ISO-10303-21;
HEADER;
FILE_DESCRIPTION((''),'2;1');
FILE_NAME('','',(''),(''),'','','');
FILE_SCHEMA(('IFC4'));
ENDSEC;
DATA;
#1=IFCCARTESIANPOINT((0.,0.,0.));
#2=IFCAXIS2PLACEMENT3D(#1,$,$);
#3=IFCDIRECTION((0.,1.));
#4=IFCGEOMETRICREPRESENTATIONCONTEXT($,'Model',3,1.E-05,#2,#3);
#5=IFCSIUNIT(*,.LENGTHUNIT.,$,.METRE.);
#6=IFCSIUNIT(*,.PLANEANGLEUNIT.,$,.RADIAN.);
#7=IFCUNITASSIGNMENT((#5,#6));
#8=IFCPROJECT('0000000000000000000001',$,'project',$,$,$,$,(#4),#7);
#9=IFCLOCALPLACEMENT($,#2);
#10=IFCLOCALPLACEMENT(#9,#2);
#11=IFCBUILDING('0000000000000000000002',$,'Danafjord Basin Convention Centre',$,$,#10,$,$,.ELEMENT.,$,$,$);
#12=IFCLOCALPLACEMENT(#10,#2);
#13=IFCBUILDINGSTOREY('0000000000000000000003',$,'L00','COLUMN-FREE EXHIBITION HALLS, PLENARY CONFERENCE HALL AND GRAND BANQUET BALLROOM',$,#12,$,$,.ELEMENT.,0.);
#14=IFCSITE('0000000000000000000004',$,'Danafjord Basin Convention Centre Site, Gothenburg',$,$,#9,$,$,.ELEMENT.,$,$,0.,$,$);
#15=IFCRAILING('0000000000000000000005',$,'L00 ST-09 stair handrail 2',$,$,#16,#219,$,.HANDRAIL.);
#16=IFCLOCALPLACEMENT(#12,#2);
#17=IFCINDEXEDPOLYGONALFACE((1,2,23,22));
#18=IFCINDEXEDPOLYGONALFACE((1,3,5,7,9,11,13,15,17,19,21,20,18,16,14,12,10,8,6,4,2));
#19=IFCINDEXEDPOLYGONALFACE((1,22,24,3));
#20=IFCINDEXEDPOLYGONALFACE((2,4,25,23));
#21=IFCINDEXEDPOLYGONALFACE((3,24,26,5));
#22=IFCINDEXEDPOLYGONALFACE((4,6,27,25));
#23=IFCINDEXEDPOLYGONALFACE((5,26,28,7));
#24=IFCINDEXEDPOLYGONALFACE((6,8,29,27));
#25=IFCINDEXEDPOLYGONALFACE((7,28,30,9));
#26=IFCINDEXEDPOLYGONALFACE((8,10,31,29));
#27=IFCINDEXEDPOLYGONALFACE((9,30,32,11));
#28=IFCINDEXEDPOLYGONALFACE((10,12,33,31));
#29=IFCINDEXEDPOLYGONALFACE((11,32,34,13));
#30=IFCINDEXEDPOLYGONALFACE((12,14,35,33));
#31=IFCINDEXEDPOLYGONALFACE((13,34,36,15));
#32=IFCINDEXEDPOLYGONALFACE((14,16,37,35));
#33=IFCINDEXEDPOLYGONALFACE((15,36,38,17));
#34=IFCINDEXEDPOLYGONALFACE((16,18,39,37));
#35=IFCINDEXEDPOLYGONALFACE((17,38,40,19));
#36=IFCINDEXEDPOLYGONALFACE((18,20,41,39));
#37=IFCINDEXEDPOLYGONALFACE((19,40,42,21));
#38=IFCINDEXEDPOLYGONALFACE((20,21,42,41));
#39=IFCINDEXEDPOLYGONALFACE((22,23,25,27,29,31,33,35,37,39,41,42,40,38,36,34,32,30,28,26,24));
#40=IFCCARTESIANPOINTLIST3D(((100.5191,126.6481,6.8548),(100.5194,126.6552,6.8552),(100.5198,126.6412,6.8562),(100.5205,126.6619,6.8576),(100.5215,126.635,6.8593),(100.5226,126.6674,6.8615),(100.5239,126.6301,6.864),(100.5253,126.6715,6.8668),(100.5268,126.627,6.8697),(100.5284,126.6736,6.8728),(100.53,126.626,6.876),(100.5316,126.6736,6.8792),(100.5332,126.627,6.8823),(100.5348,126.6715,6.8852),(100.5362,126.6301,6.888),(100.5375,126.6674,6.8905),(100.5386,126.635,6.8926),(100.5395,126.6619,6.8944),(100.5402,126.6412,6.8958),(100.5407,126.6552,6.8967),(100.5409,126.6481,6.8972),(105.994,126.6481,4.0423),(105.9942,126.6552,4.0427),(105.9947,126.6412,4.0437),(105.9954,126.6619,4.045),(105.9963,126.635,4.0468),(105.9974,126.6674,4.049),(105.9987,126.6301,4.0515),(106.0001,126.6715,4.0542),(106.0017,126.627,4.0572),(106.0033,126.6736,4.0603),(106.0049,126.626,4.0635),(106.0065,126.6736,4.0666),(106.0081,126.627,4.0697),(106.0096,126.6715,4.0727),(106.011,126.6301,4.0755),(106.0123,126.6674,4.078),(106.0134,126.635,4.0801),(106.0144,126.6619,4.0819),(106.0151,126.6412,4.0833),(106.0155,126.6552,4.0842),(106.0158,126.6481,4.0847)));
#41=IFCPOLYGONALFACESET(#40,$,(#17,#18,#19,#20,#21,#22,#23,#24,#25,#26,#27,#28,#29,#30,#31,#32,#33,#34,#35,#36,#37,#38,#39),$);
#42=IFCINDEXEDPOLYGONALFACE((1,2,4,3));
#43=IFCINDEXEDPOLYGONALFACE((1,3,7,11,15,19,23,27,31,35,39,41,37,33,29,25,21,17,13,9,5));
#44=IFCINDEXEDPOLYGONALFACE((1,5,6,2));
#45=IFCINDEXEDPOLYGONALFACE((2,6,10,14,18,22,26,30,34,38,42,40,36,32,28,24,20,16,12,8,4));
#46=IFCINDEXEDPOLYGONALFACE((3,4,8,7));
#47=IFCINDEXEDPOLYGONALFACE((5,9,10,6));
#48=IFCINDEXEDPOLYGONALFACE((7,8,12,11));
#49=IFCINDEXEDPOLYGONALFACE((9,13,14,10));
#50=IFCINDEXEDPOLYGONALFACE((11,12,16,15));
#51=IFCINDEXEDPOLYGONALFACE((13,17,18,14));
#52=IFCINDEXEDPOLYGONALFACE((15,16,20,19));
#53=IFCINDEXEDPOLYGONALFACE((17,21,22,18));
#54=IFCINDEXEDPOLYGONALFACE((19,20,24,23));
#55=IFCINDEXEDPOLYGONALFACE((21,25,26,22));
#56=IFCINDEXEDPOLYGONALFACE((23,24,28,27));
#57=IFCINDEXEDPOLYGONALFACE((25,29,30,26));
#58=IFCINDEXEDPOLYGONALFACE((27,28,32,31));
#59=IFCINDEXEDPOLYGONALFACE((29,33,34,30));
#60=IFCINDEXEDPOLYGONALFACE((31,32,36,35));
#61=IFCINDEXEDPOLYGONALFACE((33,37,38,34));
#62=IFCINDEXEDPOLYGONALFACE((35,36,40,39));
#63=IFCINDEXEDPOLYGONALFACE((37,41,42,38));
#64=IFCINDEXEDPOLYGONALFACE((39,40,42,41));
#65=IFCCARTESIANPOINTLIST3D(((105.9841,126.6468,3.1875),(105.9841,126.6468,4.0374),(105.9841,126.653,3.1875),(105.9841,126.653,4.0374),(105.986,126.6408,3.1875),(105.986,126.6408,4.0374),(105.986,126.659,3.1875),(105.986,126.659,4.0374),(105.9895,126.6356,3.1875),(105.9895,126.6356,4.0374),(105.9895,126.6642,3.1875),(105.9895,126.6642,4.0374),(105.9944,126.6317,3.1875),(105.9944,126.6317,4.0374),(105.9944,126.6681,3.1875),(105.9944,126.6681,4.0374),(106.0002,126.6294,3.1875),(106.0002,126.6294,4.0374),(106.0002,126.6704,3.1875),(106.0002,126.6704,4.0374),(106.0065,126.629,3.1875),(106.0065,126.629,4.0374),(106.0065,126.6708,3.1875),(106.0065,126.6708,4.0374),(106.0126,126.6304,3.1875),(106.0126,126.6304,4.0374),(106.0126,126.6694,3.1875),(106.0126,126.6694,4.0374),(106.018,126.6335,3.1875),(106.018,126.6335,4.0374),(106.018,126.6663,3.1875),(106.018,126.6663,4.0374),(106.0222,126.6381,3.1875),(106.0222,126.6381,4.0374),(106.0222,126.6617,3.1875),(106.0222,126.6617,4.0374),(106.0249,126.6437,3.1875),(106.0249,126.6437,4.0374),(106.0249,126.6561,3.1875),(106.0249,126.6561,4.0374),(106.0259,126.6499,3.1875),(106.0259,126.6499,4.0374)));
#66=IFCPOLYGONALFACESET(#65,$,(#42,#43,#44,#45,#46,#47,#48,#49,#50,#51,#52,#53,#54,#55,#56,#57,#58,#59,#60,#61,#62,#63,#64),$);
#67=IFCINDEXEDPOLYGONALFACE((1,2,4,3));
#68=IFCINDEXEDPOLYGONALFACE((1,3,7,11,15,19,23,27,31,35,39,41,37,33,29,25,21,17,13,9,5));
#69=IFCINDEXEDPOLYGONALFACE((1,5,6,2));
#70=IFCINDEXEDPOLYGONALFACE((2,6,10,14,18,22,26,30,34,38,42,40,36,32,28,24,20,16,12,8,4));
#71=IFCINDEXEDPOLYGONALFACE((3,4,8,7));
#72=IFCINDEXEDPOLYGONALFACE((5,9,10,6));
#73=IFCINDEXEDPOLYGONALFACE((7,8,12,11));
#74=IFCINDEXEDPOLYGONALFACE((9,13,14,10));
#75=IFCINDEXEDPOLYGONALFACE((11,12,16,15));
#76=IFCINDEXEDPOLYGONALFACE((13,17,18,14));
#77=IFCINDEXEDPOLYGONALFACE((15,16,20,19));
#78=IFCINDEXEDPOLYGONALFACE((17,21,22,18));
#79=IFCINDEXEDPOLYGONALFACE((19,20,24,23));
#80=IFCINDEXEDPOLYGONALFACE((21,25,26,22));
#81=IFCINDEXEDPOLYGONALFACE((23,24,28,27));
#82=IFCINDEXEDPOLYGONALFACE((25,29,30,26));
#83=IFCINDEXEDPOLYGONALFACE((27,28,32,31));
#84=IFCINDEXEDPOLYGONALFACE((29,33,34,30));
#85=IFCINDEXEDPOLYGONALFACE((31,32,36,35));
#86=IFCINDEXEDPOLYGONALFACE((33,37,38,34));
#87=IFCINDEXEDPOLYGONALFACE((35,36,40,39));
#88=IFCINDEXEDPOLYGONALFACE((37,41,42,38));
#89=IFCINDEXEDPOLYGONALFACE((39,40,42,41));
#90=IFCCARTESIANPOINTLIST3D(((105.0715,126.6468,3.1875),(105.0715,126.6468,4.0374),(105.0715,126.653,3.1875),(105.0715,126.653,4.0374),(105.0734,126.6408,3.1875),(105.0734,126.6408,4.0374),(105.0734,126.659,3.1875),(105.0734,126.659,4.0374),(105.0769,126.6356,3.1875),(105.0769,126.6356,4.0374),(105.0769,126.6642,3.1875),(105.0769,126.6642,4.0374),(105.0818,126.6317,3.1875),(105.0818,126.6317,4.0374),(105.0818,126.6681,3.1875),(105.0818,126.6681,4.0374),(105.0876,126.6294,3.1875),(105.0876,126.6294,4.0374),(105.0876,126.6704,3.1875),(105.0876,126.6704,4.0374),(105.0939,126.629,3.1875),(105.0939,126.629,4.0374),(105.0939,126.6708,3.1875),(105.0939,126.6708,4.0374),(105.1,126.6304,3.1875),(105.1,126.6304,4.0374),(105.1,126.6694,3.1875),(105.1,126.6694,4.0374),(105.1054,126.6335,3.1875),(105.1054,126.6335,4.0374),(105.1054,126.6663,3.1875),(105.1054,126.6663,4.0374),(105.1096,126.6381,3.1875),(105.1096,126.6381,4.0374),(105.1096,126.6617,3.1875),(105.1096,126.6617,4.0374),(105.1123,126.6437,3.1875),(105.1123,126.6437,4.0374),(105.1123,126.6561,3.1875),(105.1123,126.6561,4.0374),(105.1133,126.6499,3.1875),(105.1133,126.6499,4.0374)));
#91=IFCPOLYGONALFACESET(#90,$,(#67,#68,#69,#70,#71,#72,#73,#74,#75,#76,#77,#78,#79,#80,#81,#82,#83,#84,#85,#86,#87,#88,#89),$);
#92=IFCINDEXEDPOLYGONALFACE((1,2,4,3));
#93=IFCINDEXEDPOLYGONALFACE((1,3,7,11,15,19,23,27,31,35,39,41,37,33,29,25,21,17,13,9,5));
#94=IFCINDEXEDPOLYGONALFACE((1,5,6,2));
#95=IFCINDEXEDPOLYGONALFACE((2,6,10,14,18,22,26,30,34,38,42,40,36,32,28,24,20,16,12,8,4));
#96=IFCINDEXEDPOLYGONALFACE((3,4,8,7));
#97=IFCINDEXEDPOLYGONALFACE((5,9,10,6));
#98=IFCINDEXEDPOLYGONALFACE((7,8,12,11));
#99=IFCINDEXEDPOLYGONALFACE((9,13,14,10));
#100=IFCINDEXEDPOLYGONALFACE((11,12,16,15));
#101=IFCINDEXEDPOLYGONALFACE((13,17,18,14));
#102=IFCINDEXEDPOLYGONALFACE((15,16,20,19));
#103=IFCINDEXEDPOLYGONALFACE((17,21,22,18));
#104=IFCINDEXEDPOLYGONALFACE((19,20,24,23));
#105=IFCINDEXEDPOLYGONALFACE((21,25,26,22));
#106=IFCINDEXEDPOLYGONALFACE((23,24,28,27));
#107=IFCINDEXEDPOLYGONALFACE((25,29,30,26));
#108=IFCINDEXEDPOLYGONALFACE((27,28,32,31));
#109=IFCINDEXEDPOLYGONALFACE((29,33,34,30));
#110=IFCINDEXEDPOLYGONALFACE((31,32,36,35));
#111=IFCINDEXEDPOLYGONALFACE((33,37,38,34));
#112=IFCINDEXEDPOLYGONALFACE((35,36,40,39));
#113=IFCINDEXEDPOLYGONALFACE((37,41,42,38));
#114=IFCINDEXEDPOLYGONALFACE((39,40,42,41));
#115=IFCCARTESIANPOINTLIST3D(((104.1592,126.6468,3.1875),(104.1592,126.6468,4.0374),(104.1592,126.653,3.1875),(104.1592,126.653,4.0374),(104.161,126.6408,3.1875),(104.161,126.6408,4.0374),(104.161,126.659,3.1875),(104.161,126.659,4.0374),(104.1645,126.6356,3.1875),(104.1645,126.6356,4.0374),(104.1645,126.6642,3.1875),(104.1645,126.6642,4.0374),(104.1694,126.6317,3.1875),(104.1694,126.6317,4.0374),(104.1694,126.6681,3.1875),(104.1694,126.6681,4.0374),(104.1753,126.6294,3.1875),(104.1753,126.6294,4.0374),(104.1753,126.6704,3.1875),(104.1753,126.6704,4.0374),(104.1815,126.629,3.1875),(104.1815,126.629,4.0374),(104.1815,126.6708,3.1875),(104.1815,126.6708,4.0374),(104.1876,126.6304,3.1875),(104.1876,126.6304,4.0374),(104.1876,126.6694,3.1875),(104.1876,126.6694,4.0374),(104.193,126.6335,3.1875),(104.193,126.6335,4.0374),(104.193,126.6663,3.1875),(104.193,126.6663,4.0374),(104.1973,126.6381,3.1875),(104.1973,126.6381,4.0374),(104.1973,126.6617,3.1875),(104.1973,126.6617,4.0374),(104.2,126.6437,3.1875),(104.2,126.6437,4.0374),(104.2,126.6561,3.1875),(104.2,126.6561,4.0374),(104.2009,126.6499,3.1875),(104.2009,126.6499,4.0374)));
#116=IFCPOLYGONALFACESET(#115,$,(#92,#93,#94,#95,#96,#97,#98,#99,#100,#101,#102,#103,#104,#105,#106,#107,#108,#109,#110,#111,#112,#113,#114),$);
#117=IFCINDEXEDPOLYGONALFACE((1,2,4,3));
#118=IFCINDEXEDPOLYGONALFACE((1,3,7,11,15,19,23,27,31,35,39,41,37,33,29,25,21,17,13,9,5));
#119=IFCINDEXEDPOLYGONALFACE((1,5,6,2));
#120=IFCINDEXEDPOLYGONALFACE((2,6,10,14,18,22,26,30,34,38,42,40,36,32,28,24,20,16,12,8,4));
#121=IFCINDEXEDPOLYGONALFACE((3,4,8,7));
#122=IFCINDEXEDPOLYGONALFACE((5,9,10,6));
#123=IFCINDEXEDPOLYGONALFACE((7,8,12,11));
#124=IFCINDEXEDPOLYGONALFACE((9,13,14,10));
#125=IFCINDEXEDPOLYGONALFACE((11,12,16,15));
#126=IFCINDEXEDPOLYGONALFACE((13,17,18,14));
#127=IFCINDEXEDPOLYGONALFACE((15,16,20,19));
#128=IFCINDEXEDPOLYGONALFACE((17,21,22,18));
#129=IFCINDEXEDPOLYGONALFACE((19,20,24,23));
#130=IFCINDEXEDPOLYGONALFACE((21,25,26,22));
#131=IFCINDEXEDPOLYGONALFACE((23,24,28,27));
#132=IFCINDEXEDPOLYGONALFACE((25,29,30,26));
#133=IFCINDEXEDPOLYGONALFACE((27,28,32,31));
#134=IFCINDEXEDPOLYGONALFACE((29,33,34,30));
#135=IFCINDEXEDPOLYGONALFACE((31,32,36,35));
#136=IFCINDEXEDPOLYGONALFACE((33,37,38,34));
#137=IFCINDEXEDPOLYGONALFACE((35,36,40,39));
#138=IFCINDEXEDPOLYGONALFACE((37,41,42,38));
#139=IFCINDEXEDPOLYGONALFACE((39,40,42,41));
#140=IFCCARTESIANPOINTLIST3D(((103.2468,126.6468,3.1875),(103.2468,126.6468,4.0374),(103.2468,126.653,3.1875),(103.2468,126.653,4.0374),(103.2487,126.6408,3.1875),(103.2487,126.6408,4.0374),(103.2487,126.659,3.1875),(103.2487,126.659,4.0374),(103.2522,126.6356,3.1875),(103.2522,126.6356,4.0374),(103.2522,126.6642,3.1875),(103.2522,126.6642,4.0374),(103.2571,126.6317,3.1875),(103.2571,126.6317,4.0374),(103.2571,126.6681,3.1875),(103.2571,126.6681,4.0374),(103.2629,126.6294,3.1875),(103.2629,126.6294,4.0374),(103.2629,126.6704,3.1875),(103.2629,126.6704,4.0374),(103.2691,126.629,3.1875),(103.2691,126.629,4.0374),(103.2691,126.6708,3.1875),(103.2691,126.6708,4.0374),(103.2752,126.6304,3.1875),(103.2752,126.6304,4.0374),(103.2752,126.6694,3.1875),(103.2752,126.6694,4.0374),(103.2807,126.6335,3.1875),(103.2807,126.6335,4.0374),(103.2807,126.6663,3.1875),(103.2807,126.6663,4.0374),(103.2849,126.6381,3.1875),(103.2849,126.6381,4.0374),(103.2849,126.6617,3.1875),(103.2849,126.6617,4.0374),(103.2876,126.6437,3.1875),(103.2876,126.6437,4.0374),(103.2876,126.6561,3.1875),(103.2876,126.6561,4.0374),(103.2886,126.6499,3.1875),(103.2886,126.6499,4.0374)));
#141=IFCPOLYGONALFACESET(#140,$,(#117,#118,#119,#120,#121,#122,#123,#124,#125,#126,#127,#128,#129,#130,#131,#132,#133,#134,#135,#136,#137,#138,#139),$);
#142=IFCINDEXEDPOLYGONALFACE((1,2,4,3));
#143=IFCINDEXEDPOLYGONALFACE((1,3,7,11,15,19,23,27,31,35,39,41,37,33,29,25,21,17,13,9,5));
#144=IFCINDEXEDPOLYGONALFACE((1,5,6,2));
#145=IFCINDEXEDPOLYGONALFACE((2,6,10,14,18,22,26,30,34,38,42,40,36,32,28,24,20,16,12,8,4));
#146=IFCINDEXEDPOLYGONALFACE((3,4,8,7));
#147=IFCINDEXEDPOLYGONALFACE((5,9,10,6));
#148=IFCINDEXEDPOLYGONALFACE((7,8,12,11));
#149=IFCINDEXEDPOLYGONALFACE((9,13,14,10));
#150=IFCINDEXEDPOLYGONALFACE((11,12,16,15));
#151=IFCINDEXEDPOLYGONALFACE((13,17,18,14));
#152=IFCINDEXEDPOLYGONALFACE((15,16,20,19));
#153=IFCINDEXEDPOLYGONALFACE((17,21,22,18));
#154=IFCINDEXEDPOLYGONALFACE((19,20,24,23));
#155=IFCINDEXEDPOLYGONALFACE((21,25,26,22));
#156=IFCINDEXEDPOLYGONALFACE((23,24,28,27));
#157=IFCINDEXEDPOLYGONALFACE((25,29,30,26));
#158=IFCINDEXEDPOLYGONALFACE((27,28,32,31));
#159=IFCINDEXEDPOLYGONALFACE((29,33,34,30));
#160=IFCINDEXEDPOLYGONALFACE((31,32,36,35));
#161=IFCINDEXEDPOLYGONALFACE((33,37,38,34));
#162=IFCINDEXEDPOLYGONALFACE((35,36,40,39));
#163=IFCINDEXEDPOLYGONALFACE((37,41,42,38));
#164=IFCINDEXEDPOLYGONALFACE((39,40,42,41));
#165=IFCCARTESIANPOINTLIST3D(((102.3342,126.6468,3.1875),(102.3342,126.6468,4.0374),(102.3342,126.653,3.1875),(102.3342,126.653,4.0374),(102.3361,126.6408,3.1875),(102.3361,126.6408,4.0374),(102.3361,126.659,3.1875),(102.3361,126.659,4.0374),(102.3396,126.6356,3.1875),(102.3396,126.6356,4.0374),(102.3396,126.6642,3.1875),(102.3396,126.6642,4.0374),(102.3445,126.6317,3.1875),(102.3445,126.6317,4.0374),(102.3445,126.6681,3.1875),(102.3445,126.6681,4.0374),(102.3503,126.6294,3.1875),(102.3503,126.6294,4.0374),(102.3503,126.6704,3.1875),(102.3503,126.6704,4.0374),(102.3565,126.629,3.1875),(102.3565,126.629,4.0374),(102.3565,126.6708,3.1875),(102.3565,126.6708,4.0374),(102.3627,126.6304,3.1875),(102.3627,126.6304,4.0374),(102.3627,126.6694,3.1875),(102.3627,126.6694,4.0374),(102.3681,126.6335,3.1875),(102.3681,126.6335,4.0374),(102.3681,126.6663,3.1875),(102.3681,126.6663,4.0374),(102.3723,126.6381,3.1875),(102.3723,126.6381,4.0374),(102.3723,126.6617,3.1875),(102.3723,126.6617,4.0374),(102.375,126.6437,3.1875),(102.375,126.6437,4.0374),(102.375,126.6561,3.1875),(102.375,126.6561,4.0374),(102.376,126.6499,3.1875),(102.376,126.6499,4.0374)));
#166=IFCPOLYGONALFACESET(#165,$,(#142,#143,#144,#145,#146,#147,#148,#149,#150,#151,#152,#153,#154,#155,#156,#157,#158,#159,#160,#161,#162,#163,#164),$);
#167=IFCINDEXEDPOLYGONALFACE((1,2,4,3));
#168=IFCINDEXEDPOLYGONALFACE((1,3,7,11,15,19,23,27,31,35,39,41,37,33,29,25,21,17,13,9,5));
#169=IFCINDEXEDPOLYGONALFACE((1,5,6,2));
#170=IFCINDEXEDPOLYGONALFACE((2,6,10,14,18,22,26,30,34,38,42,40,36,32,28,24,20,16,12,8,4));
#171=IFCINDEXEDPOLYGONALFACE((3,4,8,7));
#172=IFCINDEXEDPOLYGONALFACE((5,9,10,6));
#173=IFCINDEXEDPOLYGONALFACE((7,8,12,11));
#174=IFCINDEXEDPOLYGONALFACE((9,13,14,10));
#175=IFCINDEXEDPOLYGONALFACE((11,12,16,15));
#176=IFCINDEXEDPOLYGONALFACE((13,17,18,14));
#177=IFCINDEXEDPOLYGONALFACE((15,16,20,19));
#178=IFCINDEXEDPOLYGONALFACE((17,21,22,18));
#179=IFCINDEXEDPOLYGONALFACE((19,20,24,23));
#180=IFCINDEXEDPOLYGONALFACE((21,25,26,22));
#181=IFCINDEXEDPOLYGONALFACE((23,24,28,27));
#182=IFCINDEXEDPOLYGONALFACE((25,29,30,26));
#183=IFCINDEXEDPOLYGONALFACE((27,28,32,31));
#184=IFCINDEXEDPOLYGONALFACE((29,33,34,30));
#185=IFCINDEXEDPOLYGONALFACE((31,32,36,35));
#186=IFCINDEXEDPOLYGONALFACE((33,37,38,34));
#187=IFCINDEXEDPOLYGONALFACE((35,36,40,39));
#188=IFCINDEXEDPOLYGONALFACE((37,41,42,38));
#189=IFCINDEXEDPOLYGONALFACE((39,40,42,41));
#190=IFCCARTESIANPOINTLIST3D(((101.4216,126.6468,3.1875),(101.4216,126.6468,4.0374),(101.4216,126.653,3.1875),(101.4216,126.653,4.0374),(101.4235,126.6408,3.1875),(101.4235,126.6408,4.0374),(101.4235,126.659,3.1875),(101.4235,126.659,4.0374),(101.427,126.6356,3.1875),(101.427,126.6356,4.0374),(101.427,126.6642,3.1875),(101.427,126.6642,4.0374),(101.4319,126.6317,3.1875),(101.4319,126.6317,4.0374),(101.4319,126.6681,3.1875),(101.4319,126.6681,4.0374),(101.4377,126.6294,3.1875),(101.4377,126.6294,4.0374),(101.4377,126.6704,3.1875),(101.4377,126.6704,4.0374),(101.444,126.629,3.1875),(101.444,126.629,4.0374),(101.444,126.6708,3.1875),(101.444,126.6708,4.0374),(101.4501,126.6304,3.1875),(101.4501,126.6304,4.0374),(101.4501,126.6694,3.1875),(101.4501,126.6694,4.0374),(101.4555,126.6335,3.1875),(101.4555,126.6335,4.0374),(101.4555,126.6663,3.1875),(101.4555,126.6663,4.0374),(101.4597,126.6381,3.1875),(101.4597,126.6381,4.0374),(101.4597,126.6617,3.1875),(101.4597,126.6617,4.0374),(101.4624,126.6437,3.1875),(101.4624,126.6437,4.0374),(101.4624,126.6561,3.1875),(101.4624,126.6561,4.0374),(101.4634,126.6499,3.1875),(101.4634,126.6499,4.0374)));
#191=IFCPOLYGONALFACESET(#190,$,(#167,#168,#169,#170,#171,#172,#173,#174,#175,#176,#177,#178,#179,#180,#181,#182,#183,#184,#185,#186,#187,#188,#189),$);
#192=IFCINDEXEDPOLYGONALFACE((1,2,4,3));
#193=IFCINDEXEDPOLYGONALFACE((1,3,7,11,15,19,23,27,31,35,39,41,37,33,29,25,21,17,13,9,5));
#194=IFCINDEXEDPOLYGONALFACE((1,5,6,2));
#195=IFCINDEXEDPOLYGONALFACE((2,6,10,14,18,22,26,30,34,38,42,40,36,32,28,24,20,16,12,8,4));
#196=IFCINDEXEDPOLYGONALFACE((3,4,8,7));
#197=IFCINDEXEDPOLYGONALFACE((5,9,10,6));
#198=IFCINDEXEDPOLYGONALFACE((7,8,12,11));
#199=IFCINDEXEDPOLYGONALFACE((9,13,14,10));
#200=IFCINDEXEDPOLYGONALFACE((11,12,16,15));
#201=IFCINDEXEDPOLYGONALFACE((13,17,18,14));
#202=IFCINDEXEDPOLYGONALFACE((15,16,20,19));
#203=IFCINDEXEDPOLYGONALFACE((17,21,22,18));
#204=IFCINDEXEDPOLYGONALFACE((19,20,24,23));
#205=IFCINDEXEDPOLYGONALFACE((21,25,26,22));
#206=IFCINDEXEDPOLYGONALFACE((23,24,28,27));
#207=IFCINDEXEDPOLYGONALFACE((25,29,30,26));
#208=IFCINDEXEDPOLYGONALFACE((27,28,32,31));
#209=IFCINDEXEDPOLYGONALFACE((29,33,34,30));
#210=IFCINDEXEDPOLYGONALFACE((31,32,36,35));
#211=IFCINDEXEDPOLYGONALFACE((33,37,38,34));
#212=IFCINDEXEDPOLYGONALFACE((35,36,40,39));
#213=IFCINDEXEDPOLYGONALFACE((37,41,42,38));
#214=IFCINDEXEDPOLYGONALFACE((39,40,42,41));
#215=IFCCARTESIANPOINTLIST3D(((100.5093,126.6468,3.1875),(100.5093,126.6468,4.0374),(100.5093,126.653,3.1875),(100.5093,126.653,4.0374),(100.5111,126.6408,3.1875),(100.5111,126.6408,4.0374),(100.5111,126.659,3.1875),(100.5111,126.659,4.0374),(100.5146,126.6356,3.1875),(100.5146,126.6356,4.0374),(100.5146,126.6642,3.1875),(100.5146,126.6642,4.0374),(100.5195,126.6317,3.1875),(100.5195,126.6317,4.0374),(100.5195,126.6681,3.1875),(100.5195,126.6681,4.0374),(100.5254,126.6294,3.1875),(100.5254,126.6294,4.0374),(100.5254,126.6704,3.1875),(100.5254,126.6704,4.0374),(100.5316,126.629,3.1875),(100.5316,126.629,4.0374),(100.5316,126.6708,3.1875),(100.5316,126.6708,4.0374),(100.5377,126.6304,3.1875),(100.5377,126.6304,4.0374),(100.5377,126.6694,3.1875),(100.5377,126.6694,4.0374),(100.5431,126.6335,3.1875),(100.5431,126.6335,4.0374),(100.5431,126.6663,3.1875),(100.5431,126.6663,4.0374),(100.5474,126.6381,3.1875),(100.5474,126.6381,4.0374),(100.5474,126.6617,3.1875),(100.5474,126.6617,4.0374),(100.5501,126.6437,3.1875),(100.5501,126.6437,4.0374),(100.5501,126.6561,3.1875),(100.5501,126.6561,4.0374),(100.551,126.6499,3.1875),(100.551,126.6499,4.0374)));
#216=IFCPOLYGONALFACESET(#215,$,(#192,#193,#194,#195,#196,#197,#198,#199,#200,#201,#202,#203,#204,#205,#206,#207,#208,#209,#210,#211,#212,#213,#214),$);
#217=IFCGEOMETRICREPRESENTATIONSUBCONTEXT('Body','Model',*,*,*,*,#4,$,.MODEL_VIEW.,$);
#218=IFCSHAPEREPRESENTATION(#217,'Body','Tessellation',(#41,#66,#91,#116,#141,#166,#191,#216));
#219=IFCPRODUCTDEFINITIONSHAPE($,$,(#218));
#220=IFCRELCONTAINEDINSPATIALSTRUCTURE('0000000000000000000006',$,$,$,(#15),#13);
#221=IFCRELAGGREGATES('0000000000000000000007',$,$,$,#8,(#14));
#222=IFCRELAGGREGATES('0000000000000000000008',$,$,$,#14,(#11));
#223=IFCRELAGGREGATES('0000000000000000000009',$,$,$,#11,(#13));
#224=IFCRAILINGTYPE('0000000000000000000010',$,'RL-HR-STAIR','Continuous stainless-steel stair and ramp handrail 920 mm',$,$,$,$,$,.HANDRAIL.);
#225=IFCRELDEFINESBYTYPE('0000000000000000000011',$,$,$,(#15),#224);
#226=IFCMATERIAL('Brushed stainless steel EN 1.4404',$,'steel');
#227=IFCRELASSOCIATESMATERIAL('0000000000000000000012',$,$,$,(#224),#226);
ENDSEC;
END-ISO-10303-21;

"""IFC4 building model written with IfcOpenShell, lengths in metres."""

from ifc_helpers import new_model, si_unit, direction, frame, origin, origin_2d, place, context, subcontext, project, spatial, circle, extrude, material, type_object, element, save


model = new_model("IFC4")

# Units and contexts
model_context = context("Model", 3, precision=1e-05, world=origin(), true_north=direction((0.0, 1.0)))
body_context = subcontext(model_context, "Body", "Model", "MODEL_VIEW")
ifc_project = project(units=[si_unit("LENGTHUNIT", "METRE"), si_unit("PLANEANGLEUNIT", "RADIAN")], contexts=[model_context])

# Site, building, storey
site_placement = place(None, origin())
site = spatial("IfcSite", under=ifc_project, at=site_placement, Name="Danafjord Basin Convention Centre Site, Gothenburg", CompositionType="ELEMENT", RefElevation=0.0)
building_placement = place(site_placement, origin())
building = spatial("IfcBuilding", under=site, at=building_placement, Name="Danafjord Basin Convention Centre", CompositionType="ELEMENT")
storey_placement = place(building_placement, origin())
storey = spatial("IfcBuildingStorey", under=building, at=storey_placement, Name="L00", Description="COLUMN-FREE EXHIBITION HALLS, PLENARY CONFERENCE HALL AND GRAND BANQUET BALLROOM", CompositionType="ELEMENT", Elevation=0.0)

# Railing
ifc_material_1 = material(Name="Brushed stainless steel EN 1.4404", Category="steel")
railing_type_1 = type_object("IfcRailingType", Name="RL-HR-STAIR", Description="Continuous stainless-steel stair and ramp handrail 920 mm", PredefinedType="HANDRAIL", material=ifc_material_1)
railing_1_placement = place(storey_placement, frame((106.0049, 126.6499, 3.1875)))
element("IfcRailing", 1, at=railing_1_placement, inside=storey, type_object=railing_type_1, Name="L00 ST-09 stair handrail 2", PredefinedType="HANDRAIL", context=body_context, shape_type="SweptSolid", body=[
    extrude(circle(Radius=0.0239, at=origin_2d()), frame((0.0, 0.0, 0.876), z_axis=(-0.889495, 0.0, 0.456945), x_axis=(0.0, -1.0, 0.0)), (0.0, 0.0, 1.0), 6.155),
    extrude(circle(Radius=0.021, at=origin_2d()), origin(), (0.0, 0.0, 1.0), 0.8499),
    extrude(circle(Radius=0.021, at=origin_2d()), frame((-0.9126, 0.0, 0.0)), (0.0, 0.0, 1.0), 0.8499),
    extrude(circle(Radius=0.021, at=origin_2d()), frame((-1.825, 0.0, 0.0)), (0.0, 0.0, 1.0), 0.8499),
    extrude(circle(Radius=0.021, at=origin_2d()), frame((-2.7373, 0.0, 0.0)), (0.0, 0.0, 1.0), 0.8499),
    extrude(circle(Radius=0.021, at=origin_2d()), frame((-3.6499, 0.0, 0.0)), (0.0, 0.0, 1.0), 0.8499),
    extrude(circle(Radius=0.021, at=origin_2d()), frame((-4.5625, 0.0, 0.0)), (0.0, 0.0, 1.0), 0.8499),
    extrude(circle(Radius=0.021, at=origin_2d()), frame((-5.4749, 0.0, 0.0)), (0.0, 0.0, 1.0), 0.8499),
])

save(model, "model.ifc")
